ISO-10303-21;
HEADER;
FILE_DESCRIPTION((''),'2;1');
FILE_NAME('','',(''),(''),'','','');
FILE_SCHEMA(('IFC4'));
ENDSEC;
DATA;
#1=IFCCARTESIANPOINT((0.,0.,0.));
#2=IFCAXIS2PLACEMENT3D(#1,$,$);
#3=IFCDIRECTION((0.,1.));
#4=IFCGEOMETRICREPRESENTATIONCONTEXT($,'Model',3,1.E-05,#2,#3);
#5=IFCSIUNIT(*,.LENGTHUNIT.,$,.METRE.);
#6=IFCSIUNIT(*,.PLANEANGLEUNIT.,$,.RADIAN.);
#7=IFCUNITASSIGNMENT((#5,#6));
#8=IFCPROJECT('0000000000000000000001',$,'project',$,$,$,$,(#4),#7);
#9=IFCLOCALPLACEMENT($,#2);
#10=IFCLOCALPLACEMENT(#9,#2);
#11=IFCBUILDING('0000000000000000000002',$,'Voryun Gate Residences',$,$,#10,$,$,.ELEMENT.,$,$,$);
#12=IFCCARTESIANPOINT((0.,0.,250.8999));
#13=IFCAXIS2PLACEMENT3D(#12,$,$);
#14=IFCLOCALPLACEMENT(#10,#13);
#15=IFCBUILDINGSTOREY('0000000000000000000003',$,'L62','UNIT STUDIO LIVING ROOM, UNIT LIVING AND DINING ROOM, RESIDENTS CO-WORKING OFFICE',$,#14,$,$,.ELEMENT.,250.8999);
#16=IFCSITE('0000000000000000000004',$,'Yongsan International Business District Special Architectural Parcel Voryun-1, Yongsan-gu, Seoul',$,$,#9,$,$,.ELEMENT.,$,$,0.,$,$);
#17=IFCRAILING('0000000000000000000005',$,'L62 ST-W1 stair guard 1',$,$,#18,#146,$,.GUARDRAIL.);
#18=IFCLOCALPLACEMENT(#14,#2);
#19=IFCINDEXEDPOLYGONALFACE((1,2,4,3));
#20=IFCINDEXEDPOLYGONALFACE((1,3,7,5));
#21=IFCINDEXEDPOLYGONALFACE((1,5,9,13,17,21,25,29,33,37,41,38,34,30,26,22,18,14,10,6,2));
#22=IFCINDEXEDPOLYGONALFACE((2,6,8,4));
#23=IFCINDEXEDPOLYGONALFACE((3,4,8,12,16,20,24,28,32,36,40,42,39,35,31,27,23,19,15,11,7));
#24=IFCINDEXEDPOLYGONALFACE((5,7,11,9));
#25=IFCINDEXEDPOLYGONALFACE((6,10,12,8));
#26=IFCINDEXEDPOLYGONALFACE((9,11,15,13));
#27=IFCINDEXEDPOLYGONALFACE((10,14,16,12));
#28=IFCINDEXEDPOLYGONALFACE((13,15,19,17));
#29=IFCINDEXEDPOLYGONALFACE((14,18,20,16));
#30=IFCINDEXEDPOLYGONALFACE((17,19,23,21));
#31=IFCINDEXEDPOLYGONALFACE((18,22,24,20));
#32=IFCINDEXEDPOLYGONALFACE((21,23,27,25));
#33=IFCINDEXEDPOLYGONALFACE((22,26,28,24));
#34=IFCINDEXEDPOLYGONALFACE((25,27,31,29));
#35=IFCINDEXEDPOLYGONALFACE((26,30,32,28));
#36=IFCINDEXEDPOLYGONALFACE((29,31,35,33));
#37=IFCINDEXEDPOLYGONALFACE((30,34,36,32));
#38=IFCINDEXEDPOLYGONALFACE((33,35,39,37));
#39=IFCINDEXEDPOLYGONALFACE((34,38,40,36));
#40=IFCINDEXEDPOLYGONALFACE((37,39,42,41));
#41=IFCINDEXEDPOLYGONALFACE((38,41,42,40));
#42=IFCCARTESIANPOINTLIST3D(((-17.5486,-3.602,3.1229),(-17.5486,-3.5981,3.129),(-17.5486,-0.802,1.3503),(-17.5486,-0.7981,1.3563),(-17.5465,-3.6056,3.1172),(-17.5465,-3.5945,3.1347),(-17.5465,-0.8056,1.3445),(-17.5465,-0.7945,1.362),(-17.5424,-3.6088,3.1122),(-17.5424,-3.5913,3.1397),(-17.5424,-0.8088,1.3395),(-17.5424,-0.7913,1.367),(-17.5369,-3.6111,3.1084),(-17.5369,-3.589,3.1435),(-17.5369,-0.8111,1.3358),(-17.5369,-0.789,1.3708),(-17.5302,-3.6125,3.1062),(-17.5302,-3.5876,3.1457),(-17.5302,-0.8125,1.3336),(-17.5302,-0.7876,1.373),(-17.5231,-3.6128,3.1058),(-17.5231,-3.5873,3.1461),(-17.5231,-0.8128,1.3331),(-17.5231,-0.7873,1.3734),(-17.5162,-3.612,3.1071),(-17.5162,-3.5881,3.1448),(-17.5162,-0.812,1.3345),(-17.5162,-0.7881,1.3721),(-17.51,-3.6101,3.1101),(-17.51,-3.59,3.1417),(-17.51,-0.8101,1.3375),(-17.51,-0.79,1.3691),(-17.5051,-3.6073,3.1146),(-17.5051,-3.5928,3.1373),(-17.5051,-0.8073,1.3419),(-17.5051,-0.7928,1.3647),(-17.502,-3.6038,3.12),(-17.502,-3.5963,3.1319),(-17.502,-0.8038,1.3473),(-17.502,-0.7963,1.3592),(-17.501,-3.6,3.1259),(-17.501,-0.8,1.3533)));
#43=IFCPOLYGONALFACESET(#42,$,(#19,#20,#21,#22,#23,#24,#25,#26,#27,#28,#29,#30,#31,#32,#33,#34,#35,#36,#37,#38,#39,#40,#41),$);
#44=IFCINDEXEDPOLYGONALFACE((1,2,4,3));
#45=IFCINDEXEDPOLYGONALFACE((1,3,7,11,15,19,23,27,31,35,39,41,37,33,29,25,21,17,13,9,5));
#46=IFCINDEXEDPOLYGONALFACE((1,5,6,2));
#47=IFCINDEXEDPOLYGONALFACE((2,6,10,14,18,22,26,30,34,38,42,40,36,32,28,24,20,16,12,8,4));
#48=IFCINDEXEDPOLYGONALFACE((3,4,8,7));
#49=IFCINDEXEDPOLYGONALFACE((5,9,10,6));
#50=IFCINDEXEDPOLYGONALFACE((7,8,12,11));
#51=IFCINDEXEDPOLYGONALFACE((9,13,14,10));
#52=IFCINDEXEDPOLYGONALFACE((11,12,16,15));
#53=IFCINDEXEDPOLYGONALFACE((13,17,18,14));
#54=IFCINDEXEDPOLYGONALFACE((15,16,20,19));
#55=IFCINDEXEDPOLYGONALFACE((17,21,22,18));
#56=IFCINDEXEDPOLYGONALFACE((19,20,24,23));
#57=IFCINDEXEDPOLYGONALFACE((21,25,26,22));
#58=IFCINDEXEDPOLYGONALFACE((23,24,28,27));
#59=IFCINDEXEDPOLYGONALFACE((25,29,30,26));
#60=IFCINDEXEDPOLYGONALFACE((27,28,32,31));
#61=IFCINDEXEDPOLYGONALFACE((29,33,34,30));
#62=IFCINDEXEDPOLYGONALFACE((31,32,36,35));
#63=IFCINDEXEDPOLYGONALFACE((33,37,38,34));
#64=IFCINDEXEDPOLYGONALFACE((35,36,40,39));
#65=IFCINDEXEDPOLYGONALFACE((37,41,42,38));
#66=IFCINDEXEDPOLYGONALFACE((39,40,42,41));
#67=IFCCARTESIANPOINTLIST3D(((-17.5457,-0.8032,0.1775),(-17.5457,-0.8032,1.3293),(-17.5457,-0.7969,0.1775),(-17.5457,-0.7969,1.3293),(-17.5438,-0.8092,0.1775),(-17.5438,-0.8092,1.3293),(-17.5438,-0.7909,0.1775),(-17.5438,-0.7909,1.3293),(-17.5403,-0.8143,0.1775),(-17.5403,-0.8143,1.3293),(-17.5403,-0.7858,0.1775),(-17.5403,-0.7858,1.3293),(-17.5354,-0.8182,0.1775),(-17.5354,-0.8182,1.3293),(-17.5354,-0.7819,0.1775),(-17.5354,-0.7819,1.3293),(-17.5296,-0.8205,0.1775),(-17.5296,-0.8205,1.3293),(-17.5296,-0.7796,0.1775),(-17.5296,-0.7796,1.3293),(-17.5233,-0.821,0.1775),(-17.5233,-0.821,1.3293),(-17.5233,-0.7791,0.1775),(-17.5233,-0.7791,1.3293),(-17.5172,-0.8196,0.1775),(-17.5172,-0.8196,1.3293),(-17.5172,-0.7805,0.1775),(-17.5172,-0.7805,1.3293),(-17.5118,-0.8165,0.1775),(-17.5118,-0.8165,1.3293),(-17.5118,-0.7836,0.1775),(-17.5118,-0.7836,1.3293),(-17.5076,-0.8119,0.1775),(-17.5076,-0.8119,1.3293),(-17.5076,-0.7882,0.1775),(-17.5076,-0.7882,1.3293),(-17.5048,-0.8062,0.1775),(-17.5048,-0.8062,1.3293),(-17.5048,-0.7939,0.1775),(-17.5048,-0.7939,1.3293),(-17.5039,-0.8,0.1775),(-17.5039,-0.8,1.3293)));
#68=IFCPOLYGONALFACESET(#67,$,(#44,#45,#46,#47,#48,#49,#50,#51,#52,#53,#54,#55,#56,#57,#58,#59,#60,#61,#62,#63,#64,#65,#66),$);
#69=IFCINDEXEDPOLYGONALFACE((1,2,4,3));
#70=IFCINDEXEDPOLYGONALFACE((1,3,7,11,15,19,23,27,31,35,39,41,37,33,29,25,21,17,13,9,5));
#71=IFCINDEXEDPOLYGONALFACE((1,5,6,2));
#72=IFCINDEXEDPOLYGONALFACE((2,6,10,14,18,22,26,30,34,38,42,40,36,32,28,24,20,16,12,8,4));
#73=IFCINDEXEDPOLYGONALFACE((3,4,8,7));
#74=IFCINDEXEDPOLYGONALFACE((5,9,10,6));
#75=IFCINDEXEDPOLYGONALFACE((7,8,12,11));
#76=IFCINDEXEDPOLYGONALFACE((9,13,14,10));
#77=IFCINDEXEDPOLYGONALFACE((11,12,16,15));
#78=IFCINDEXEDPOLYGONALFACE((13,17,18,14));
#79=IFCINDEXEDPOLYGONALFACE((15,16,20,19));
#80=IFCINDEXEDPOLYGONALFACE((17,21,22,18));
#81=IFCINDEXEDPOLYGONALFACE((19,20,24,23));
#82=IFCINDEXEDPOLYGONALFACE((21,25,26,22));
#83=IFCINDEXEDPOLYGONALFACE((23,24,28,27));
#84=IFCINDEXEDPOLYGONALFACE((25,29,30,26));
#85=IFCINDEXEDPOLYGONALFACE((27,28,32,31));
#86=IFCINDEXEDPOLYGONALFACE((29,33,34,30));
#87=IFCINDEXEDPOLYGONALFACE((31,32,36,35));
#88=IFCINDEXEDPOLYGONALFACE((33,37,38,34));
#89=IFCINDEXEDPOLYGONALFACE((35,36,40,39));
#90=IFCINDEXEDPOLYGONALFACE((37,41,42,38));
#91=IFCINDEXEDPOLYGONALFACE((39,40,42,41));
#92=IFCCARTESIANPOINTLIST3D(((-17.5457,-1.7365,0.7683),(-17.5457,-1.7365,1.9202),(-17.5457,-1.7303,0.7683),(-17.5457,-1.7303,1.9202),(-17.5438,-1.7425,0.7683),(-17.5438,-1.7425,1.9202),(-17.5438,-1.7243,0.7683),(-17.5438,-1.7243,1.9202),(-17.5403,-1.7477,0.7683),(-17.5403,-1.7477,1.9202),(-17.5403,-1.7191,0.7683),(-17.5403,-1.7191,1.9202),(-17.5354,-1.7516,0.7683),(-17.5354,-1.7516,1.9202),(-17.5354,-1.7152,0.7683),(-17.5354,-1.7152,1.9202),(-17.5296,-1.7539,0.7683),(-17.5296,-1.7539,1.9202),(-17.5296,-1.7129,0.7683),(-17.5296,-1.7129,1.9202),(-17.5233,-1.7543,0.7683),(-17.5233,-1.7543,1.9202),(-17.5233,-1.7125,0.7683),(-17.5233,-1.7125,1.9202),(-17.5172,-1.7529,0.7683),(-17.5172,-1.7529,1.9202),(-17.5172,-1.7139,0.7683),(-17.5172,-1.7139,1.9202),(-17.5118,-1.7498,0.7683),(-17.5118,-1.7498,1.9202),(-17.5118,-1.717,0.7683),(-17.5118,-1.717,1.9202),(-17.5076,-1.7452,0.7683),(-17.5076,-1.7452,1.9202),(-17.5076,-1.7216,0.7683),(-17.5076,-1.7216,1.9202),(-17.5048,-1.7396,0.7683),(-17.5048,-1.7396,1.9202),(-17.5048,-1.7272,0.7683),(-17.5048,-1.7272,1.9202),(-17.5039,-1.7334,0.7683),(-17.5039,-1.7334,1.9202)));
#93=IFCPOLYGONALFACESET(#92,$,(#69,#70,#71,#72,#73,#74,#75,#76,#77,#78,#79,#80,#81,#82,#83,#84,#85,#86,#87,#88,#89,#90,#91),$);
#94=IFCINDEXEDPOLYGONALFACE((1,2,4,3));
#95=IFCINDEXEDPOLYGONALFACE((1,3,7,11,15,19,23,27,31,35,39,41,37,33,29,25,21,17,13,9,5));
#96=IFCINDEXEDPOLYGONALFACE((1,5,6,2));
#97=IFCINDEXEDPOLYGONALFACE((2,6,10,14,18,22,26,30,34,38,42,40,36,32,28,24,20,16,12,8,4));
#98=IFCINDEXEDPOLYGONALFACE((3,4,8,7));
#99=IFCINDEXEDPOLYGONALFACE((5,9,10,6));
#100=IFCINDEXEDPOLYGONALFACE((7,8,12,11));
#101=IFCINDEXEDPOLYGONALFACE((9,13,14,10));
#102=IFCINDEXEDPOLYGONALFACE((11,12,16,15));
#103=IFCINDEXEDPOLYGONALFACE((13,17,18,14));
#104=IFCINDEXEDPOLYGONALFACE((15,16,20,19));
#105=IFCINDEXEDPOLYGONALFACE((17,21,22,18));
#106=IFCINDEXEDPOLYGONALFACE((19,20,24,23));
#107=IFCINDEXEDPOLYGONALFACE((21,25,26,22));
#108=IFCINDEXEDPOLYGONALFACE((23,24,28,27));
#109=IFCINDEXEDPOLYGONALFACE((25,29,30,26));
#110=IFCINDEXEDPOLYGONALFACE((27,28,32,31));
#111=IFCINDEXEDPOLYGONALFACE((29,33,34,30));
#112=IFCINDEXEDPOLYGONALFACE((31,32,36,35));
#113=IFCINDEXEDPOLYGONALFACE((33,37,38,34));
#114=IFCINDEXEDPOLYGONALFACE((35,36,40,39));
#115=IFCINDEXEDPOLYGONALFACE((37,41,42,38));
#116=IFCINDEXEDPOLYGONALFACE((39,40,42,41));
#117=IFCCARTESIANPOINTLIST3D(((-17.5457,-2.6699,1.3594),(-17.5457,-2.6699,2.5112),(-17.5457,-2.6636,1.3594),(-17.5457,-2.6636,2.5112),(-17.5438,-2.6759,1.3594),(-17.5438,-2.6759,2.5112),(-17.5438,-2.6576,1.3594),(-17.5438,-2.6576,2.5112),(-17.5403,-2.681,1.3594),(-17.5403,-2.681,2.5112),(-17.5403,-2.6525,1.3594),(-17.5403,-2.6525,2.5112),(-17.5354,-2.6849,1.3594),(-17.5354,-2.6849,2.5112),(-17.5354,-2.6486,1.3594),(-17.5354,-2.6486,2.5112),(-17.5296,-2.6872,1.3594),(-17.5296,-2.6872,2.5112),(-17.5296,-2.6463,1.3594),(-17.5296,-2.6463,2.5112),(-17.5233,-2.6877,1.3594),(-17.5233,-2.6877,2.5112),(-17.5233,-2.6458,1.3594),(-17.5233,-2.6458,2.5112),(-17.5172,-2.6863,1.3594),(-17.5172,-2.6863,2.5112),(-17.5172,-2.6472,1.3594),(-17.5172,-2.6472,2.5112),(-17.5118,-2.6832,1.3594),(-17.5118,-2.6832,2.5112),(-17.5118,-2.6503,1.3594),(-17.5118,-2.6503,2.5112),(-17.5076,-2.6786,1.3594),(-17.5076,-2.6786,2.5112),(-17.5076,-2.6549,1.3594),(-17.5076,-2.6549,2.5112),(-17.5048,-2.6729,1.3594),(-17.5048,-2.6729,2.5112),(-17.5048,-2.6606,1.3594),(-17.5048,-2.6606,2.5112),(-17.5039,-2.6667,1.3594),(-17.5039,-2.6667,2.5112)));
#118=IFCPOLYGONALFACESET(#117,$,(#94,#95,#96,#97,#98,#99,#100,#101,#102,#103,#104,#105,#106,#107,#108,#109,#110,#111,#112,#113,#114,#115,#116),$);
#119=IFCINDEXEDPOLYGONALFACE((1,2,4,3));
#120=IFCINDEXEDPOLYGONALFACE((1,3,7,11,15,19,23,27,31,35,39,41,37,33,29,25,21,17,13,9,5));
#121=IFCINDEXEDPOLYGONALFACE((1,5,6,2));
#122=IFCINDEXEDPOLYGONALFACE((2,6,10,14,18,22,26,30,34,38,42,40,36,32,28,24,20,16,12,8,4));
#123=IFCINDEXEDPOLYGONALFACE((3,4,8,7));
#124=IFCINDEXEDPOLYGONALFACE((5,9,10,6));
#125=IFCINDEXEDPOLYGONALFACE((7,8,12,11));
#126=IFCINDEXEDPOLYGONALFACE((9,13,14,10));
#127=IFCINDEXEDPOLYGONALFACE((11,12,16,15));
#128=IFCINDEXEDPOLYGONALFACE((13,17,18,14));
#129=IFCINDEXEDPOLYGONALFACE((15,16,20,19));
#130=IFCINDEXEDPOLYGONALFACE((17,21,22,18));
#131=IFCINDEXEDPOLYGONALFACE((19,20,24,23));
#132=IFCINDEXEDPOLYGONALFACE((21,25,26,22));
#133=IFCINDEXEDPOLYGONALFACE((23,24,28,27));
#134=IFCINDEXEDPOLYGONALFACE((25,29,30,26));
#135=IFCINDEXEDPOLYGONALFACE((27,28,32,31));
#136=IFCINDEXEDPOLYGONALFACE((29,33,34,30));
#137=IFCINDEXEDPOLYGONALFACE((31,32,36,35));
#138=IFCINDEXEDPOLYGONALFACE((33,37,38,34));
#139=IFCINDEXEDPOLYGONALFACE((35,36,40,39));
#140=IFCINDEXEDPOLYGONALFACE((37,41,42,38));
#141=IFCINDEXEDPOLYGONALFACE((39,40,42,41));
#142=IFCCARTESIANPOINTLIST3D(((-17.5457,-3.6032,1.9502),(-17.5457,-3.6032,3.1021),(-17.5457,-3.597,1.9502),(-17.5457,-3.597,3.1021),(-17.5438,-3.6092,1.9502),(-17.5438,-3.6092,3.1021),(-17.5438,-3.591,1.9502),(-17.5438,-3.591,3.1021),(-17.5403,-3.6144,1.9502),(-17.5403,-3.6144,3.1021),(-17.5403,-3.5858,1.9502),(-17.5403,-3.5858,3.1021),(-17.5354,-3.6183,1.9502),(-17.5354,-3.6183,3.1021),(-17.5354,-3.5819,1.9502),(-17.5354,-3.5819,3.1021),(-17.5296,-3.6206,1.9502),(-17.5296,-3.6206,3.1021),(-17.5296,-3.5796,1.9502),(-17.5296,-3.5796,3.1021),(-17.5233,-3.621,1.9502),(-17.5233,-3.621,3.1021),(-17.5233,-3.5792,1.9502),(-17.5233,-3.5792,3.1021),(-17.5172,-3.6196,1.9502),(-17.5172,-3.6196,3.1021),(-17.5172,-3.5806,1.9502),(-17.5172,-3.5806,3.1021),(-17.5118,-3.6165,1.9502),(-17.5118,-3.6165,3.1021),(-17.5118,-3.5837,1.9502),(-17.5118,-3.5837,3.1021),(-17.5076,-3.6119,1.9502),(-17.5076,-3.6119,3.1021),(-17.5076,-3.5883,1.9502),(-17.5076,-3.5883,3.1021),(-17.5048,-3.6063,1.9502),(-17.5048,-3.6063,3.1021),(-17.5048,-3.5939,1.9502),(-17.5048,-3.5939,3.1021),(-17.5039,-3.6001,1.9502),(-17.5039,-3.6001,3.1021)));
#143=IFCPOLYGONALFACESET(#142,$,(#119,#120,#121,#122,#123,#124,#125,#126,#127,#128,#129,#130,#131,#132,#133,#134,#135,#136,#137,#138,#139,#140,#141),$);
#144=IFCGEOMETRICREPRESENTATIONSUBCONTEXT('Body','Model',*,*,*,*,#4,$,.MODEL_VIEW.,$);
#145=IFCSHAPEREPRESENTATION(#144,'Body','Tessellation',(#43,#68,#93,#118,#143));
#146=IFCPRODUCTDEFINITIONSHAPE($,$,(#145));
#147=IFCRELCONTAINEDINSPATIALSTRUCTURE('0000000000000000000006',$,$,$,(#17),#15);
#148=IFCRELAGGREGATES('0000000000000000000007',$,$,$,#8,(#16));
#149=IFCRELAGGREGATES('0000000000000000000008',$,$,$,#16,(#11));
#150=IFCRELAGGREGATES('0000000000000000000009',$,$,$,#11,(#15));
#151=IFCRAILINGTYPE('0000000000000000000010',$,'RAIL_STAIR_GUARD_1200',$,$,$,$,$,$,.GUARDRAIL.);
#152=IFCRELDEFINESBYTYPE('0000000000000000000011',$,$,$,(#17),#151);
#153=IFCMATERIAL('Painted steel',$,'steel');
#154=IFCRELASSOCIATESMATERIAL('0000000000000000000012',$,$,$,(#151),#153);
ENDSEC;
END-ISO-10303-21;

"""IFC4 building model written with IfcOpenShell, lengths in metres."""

from ifc_helpers import new_model, si_unit, direction, frame, origin, origin_2d, place, context, subcontext, project, spatial, circle, extrude, material, type_object, element, save


model = new_model("IFC4")

# Units and contexts
model_context = context("Model", 3, precision=1e-05, world=origin(), true_north=direction((0.0, 1.0)))
body_context = subcontext(model_context, "Body", "Model", "MODEL_VIEW")
ifc_project = project(units=[si_unit("LENGTHUNIT", "METRE"), si_unit("PLANEANGLEUNIT", "RADIAN")], contexts=[model_context])

# Site, building, storey
site_placement = place(None, origin())
site = spatial("IfcSite", under=ifc_project, at=site_placement, Name="Yongsan International Business District Special Architectural Parcel Voryun-1, Yongsan-gu, Seoul", CompositionType="ELEMENT", RefElevation=0.0)
building_placement = place(site_placement, origin())
building = spatial("IfcBuilding", under=site, at=building_placement, Name="Voryun Gate Residences", CompositionType="ELEMENT")
storey_placement = place(building_placement, frame((0.0, 0.0, 250.8999)))
storey = spatial("IfcBuildingStorey", under=building, at=storey_placement, Name="L62", Description="UNIT STUDIO LIVING ROOM, UNIT LIVING AND DINING ROOM, RESIDENTS CO-WORKING OFFICE", CompositionType="ELEMENT", Elevation=250.8999)

# Railing
ifc_material_1 = material(Name="Painted steel", Category="steel")
railing_type = type_object("IfcRailingType", Name="RAIL_STAIR_GUARD_1200", PredefinedType="GUARDRAIL", material=ifc_material_1)
railing_1_placement = place(storey_placement, frame((-17.5249, -0.8, 0.1775)))
element("IfcRailing", 1, at=railing_1_placement, inside=storey, type_object=railing_type, Name="L62 ST-W1 stair guard 1", PredefinedType="GUARDRAIL", context=body_context, shape_type="SweptSolid", body=[
    extrude(circle(Radius=0.0239, at=origin_2d()), frame((0.0, 0.0, 1.1758), z_axis=(0.0, -0.844909, 0.53491), x_axis=(1.0, 0.0, 0.0)), (0.0, 0.0, 1.0), 3.314),
    extrude(circle(Radius=0.021, at=origin_2d()), origin(), (0.0, 0.0, 1.0), 1.1519),
    extrude(circle(Radius=0.021, at=origin_2d()), frame((0.0, -0.9333, 0.5908)), (0.0, 0.0, 1.0), 1.1519),
    extrude(circle(Radius=0.021, at=origin_2d()), frame((0.0, -1.8667, 1.1819)), (0.0, 0.0, 1.0), 1.1519),
    extrude(circle(Radius=0.021, at=origin_2d()), frame((0.0, -2.8, 1.7727)), (0.0, 0.0, 1.0), 1.1519),
])

save(model, "model.ifc")
